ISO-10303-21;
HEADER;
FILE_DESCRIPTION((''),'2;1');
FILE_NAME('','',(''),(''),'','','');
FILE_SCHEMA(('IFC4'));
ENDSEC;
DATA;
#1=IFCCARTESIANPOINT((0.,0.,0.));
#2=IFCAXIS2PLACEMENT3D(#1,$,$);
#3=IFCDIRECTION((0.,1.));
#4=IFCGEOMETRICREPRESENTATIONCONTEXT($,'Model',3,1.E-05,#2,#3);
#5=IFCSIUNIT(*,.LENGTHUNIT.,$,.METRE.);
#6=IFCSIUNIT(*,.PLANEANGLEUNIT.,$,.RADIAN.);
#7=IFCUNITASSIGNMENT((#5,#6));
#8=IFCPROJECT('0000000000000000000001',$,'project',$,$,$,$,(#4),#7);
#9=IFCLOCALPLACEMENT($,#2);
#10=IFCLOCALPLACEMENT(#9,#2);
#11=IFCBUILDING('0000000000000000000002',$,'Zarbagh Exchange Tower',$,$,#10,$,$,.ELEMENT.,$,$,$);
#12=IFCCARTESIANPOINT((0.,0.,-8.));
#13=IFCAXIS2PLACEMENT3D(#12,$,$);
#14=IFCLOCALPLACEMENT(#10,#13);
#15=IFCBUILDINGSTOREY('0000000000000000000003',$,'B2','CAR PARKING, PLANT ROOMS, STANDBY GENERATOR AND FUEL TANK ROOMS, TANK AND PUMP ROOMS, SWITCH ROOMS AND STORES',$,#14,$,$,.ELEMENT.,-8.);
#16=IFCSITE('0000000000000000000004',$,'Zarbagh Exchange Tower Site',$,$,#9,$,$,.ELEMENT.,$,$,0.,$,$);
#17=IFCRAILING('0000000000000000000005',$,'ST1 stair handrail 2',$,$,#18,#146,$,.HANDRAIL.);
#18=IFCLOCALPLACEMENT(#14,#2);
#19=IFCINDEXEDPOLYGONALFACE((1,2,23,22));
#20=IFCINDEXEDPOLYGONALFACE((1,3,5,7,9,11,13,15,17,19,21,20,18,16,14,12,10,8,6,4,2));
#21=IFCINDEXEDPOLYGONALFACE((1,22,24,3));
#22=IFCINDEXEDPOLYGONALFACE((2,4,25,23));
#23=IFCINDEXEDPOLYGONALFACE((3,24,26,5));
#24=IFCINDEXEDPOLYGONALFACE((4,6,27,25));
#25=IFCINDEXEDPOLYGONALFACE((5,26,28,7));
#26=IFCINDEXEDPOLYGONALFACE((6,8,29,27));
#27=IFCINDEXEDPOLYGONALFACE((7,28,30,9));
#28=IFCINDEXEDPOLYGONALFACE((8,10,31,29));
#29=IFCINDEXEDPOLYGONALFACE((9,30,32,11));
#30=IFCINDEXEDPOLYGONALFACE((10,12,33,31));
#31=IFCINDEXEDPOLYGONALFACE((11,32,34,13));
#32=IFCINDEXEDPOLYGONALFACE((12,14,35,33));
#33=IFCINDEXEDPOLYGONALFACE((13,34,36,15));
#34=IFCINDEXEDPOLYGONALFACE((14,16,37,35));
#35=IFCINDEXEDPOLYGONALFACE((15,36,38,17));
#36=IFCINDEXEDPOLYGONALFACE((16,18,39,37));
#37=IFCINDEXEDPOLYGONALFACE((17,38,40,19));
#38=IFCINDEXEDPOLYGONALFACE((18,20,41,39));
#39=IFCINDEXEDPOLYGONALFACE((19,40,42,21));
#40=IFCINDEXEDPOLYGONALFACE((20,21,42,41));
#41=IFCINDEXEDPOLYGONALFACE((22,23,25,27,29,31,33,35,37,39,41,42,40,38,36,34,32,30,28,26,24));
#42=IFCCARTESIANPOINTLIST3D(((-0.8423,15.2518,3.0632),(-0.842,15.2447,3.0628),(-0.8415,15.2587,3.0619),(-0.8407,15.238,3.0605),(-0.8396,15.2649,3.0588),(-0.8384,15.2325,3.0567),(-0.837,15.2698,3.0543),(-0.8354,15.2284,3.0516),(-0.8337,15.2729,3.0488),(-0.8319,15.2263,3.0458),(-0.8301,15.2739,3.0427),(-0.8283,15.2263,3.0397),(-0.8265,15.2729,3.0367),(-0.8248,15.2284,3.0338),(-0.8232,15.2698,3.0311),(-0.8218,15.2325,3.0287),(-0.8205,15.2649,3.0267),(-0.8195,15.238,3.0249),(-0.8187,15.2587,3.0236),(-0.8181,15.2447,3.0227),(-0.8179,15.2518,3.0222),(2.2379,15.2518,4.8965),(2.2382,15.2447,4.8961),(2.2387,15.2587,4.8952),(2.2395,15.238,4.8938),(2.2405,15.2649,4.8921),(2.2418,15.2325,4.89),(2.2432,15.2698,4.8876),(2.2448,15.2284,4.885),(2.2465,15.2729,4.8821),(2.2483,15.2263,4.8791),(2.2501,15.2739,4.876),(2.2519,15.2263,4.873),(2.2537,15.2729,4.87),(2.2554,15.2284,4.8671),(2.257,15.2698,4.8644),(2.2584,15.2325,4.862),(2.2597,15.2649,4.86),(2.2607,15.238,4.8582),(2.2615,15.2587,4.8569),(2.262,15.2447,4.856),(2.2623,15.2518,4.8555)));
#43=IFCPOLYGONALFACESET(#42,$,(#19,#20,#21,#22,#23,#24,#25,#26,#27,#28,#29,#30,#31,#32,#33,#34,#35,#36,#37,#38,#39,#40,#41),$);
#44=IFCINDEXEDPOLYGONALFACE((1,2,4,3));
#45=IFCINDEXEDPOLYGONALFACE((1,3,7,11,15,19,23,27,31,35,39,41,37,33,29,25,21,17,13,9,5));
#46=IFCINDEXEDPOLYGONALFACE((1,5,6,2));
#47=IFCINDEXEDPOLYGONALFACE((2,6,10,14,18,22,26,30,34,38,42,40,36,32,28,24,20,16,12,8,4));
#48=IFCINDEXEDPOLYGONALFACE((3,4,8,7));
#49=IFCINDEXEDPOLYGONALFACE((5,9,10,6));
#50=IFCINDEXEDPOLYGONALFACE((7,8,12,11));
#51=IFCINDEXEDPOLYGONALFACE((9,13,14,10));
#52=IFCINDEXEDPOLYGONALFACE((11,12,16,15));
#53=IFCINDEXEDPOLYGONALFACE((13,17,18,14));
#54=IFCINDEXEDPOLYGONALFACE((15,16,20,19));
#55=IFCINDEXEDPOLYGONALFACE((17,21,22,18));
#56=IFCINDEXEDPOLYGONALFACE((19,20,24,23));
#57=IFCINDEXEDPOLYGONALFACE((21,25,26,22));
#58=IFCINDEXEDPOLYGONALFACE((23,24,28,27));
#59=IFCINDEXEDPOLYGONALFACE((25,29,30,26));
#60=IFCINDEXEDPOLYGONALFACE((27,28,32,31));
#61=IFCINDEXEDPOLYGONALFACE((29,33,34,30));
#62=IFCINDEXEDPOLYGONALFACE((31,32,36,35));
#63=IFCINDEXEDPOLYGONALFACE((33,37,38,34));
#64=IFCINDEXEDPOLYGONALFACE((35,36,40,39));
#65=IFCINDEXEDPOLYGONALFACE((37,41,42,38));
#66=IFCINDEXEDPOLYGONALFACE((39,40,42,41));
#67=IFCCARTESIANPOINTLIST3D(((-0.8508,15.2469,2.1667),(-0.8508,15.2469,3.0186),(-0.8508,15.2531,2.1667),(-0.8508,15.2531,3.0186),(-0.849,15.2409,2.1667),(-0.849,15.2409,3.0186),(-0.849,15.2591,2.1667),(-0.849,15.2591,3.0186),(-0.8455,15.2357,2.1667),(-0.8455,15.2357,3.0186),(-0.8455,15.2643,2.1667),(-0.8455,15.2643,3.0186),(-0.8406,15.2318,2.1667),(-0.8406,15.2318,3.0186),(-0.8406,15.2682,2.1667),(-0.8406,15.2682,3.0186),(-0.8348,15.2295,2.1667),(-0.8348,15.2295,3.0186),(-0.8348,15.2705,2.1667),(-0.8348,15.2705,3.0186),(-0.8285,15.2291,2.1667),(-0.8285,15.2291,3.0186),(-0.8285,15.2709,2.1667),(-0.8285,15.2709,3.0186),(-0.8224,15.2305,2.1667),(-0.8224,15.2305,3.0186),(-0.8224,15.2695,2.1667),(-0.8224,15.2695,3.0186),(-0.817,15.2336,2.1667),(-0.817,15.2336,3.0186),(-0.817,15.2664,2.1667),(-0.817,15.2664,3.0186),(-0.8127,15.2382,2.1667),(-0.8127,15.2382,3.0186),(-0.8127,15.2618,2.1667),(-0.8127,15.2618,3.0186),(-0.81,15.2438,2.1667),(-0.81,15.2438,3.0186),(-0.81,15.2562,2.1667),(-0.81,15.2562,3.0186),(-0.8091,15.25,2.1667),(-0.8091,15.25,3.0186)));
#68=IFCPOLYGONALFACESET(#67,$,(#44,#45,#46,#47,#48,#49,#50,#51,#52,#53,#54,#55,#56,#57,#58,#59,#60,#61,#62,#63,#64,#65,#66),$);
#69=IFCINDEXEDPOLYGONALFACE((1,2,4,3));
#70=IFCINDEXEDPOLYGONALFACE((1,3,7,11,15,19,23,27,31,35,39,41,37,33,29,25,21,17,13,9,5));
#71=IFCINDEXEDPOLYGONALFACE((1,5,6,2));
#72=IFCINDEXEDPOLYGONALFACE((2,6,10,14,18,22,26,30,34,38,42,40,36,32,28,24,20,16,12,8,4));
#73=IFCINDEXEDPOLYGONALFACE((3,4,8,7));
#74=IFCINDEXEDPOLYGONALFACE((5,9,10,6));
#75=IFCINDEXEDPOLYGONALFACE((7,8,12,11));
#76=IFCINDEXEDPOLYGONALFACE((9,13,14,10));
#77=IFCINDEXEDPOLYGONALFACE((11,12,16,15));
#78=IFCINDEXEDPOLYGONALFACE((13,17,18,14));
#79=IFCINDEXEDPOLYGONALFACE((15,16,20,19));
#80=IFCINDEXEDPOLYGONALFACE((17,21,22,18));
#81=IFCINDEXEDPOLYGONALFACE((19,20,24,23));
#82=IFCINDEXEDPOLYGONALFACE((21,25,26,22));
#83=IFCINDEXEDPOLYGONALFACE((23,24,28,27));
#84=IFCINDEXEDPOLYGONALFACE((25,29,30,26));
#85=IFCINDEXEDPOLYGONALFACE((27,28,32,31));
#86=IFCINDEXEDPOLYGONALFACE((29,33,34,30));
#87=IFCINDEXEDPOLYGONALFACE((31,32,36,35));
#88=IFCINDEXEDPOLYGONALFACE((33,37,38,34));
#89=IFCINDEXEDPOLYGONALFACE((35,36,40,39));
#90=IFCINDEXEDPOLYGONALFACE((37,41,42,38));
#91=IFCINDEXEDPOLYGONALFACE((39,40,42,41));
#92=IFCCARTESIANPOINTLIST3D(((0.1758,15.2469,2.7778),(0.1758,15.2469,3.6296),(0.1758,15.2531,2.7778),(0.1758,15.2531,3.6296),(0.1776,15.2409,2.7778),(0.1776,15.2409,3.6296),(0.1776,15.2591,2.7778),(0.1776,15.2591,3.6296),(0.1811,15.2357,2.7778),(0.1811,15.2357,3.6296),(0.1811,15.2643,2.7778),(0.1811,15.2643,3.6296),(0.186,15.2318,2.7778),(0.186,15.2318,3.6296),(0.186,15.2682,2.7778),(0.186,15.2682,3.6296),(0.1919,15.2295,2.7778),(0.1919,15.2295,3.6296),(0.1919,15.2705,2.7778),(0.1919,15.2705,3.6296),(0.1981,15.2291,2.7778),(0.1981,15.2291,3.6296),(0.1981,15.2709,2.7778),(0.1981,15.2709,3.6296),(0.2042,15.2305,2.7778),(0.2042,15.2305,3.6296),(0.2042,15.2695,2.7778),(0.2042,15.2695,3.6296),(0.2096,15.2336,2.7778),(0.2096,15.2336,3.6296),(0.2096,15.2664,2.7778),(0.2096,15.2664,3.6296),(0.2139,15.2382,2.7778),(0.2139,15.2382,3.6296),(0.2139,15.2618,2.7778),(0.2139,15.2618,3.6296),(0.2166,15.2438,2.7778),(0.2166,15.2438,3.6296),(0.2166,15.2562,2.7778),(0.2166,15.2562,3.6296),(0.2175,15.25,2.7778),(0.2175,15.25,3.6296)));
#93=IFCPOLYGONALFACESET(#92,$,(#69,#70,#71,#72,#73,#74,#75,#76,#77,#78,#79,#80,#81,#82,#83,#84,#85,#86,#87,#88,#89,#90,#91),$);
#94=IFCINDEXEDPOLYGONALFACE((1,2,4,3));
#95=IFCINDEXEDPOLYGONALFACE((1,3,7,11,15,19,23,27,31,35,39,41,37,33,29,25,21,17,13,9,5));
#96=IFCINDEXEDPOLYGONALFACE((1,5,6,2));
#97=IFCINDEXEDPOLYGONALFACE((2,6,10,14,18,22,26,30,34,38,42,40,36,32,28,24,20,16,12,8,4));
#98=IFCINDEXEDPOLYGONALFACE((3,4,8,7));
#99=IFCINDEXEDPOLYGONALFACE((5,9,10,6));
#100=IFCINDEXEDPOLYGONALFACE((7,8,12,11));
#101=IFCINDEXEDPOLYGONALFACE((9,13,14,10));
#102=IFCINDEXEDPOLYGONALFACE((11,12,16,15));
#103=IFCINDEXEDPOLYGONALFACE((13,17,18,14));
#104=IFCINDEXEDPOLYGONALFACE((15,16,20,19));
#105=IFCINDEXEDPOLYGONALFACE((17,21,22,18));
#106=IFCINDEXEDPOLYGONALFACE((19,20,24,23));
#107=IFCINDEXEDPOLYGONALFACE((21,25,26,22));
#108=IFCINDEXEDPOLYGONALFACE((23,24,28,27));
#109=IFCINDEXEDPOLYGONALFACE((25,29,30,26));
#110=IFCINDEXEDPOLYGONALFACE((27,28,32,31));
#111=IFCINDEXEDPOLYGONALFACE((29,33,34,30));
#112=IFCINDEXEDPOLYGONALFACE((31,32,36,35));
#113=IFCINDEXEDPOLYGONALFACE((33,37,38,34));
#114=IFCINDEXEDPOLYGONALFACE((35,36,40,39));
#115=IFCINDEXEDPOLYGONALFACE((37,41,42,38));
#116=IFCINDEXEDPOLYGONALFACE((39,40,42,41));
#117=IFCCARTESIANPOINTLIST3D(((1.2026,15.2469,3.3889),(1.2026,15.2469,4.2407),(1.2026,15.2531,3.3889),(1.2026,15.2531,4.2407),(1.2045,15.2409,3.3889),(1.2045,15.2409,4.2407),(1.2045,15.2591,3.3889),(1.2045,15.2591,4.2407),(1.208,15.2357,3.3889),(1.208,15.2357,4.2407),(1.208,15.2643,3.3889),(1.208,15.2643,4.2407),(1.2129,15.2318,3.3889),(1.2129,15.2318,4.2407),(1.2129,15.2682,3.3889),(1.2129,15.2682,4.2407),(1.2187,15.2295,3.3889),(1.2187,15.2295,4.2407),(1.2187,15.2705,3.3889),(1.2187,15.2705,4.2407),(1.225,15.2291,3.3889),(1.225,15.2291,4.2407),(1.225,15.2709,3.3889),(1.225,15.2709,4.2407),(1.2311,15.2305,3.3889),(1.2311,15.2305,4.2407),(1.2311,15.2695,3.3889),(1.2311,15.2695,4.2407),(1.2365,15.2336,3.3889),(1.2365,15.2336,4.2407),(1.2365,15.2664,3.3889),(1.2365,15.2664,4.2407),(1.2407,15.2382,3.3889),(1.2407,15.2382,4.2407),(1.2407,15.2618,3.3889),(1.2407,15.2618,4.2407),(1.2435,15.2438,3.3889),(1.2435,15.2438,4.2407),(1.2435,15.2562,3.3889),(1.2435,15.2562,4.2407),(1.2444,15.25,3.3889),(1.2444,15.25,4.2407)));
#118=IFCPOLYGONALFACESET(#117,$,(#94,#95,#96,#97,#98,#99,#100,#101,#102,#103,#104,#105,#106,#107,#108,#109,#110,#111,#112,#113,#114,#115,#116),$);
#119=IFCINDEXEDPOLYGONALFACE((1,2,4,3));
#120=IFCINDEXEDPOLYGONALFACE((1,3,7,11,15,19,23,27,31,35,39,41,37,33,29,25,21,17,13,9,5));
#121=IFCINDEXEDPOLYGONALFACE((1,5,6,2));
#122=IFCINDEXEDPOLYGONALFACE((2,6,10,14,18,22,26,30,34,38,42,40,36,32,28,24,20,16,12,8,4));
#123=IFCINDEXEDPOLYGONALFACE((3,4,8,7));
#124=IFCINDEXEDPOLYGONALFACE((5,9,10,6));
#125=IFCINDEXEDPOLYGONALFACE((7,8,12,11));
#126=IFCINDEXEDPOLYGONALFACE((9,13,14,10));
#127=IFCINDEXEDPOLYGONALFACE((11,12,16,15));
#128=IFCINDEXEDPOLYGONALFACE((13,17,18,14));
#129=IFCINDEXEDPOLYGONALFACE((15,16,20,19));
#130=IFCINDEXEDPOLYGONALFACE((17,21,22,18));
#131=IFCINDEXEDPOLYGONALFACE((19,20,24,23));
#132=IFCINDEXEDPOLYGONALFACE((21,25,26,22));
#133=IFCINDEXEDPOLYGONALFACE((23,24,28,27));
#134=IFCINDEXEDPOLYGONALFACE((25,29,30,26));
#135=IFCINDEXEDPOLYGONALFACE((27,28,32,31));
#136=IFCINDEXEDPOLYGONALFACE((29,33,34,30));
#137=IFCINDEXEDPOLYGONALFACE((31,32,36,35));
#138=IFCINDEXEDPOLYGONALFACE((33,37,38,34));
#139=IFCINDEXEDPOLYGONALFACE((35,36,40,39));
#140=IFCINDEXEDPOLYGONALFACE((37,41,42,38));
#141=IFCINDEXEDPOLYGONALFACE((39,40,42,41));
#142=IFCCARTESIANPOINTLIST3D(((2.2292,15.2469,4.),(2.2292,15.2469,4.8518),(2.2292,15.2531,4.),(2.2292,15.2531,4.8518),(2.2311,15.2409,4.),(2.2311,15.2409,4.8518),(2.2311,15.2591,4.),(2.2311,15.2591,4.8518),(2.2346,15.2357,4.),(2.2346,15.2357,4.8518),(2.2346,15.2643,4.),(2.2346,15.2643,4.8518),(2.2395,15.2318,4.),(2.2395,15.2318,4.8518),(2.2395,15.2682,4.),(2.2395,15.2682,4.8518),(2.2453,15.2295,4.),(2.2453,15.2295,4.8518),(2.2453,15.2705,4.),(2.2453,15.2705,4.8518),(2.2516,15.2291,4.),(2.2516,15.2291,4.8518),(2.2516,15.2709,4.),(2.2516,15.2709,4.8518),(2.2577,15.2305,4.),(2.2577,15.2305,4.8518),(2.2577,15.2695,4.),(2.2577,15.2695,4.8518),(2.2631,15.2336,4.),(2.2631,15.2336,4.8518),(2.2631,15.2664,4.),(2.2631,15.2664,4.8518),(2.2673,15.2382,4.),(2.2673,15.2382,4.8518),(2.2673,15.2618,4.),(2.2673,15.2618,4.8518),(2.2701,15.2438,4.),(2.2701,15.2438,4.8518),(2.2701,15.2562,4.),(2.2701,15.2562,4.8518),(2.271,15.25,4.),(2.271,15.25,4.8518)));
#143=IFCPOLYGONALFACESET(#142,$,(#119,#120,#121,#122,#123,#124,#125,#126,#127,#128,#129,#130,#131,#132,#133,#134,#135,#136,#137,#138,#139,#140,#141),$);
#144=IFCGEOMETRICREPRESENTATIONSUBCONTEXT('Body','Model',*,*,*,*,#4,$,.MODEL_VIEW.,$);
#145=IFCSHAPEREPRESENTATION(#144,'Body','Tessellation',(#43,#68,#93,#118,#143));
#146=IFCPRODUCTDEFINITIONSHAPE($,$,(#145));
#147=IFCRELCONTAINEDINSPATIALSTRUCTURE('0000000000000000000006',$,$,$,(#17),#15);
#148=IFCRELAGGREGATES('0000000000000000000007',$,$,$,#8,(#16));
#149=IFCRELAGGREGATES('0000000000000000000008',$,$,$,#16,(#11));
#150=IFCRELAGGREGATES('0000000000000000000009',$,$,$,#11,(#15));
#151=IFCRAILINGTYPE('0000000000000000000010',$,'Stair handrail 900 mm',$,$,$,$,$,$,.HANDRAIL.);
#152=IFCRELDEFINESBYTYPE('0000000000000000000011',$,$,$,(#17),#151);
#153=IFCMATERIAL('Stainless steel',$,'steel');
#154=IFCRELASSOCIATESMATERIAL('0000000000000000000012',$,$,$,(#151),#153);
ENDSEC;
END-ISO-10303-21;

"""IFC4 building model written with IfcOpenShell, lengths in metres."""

from ifc_helpers import new_model, si_unit, direction, frame, origin, origin_2d, place, context, subcontext, project, spatial, circle, extrude, material, type_object, element, save


model = new_model("IFC4")

# Units and contexts
model_context = context("Model", 3, precision=1e-05, world=origin(), true_north=direction((0.0, 1.0)))
body_context = subcontext(model_context, "Body", "Model", "MODEL_VIEW")
ifc_project = project(units=[si_unit("LENGTHUNIT", "METRE"), si_unit("PLANEANGLEUNIT", "RADIAN")], contexts=[model_context])

# Site, building, storey
site_placement = place(None, origin())
site = spatial("IfcSite", under=ifc_project, at=site_placement, Name="Zarbagh Exchange Tower Site", CompositionType="ELEMENT", RefElevation=0.0)
building_placement = place(site_placement, origin())
building = spatial("IfcBuilding", under=site, at=building_placement, Name="Zarbagh Exchange Tower", CompositionType="ELEMENT")
storey_placement = place(building_placement, frame((0.0, 0.0, -8.0)))
storey = spatial("IfcBuildingStorey", under=building, at=storey_placement, Name="B2", Description="CAR PARKING, PLANT ROOMS, STANDBY GENERATOR AND FUEL TANK ROOMS, TANK AND PUMP ROOMS, SWITCH ROOMS AND STORES", CompositionType="ELEMENT", Elevation=-8.0)

# Railing
ifc_material_1 = material(Name="Stainless steel", Category="steel")
railing_type_1 = type_object("IfcRailingType", Name="Stair handrail 900 mm", PredefinedType="HANDRAIL", material=ifc_material_1)
for number, where, name in (
    (1, (-0.8301, 15.25, 2.1667), "ST1 stair handrail 2"),
):
    element("IfcRailing", number, at=place(storey_placement, frame(where)), inside=storey, type_object=railing_type_1, Name=name, PredefinedType="HANDRAIL", context=body_context, shape_type="SweptSolid", body=[
        extrude(circle(Radius=0.0239, at=origin_2d()), frame((0.0, 0.0, 0.876), z_axis=(0.859309, 0.0, 0.511458), x_axis=(0.0, 1.0, 0.0)), (0.0, 0.0, 1.0), 3.5845),
        extrude(circle(Radius=0.021, at=origin_2d()), origin(), (0.0, 0.0, 1.0), 0.8518),
        extrude(circle(Radius=0.021, at=origin_2d()), frame((1.0266, 0.0, 0.6111)), (0.0, 0.0, 1.0), 0.8518),
        extrude(circle(Radius=0.021, at=origin_2d()), frame((2.0535, 0.0, 1.2222)), (0.0, 0.0, 1.0), 0.8518),
        extrude(circle(Radius=0.021, at=origin_2d()), frame((3.0801, 0.0, 1.8333)), (0.0, 0.0, 1.0), 0.8518),
    ])

save(model, "model.ifc")
